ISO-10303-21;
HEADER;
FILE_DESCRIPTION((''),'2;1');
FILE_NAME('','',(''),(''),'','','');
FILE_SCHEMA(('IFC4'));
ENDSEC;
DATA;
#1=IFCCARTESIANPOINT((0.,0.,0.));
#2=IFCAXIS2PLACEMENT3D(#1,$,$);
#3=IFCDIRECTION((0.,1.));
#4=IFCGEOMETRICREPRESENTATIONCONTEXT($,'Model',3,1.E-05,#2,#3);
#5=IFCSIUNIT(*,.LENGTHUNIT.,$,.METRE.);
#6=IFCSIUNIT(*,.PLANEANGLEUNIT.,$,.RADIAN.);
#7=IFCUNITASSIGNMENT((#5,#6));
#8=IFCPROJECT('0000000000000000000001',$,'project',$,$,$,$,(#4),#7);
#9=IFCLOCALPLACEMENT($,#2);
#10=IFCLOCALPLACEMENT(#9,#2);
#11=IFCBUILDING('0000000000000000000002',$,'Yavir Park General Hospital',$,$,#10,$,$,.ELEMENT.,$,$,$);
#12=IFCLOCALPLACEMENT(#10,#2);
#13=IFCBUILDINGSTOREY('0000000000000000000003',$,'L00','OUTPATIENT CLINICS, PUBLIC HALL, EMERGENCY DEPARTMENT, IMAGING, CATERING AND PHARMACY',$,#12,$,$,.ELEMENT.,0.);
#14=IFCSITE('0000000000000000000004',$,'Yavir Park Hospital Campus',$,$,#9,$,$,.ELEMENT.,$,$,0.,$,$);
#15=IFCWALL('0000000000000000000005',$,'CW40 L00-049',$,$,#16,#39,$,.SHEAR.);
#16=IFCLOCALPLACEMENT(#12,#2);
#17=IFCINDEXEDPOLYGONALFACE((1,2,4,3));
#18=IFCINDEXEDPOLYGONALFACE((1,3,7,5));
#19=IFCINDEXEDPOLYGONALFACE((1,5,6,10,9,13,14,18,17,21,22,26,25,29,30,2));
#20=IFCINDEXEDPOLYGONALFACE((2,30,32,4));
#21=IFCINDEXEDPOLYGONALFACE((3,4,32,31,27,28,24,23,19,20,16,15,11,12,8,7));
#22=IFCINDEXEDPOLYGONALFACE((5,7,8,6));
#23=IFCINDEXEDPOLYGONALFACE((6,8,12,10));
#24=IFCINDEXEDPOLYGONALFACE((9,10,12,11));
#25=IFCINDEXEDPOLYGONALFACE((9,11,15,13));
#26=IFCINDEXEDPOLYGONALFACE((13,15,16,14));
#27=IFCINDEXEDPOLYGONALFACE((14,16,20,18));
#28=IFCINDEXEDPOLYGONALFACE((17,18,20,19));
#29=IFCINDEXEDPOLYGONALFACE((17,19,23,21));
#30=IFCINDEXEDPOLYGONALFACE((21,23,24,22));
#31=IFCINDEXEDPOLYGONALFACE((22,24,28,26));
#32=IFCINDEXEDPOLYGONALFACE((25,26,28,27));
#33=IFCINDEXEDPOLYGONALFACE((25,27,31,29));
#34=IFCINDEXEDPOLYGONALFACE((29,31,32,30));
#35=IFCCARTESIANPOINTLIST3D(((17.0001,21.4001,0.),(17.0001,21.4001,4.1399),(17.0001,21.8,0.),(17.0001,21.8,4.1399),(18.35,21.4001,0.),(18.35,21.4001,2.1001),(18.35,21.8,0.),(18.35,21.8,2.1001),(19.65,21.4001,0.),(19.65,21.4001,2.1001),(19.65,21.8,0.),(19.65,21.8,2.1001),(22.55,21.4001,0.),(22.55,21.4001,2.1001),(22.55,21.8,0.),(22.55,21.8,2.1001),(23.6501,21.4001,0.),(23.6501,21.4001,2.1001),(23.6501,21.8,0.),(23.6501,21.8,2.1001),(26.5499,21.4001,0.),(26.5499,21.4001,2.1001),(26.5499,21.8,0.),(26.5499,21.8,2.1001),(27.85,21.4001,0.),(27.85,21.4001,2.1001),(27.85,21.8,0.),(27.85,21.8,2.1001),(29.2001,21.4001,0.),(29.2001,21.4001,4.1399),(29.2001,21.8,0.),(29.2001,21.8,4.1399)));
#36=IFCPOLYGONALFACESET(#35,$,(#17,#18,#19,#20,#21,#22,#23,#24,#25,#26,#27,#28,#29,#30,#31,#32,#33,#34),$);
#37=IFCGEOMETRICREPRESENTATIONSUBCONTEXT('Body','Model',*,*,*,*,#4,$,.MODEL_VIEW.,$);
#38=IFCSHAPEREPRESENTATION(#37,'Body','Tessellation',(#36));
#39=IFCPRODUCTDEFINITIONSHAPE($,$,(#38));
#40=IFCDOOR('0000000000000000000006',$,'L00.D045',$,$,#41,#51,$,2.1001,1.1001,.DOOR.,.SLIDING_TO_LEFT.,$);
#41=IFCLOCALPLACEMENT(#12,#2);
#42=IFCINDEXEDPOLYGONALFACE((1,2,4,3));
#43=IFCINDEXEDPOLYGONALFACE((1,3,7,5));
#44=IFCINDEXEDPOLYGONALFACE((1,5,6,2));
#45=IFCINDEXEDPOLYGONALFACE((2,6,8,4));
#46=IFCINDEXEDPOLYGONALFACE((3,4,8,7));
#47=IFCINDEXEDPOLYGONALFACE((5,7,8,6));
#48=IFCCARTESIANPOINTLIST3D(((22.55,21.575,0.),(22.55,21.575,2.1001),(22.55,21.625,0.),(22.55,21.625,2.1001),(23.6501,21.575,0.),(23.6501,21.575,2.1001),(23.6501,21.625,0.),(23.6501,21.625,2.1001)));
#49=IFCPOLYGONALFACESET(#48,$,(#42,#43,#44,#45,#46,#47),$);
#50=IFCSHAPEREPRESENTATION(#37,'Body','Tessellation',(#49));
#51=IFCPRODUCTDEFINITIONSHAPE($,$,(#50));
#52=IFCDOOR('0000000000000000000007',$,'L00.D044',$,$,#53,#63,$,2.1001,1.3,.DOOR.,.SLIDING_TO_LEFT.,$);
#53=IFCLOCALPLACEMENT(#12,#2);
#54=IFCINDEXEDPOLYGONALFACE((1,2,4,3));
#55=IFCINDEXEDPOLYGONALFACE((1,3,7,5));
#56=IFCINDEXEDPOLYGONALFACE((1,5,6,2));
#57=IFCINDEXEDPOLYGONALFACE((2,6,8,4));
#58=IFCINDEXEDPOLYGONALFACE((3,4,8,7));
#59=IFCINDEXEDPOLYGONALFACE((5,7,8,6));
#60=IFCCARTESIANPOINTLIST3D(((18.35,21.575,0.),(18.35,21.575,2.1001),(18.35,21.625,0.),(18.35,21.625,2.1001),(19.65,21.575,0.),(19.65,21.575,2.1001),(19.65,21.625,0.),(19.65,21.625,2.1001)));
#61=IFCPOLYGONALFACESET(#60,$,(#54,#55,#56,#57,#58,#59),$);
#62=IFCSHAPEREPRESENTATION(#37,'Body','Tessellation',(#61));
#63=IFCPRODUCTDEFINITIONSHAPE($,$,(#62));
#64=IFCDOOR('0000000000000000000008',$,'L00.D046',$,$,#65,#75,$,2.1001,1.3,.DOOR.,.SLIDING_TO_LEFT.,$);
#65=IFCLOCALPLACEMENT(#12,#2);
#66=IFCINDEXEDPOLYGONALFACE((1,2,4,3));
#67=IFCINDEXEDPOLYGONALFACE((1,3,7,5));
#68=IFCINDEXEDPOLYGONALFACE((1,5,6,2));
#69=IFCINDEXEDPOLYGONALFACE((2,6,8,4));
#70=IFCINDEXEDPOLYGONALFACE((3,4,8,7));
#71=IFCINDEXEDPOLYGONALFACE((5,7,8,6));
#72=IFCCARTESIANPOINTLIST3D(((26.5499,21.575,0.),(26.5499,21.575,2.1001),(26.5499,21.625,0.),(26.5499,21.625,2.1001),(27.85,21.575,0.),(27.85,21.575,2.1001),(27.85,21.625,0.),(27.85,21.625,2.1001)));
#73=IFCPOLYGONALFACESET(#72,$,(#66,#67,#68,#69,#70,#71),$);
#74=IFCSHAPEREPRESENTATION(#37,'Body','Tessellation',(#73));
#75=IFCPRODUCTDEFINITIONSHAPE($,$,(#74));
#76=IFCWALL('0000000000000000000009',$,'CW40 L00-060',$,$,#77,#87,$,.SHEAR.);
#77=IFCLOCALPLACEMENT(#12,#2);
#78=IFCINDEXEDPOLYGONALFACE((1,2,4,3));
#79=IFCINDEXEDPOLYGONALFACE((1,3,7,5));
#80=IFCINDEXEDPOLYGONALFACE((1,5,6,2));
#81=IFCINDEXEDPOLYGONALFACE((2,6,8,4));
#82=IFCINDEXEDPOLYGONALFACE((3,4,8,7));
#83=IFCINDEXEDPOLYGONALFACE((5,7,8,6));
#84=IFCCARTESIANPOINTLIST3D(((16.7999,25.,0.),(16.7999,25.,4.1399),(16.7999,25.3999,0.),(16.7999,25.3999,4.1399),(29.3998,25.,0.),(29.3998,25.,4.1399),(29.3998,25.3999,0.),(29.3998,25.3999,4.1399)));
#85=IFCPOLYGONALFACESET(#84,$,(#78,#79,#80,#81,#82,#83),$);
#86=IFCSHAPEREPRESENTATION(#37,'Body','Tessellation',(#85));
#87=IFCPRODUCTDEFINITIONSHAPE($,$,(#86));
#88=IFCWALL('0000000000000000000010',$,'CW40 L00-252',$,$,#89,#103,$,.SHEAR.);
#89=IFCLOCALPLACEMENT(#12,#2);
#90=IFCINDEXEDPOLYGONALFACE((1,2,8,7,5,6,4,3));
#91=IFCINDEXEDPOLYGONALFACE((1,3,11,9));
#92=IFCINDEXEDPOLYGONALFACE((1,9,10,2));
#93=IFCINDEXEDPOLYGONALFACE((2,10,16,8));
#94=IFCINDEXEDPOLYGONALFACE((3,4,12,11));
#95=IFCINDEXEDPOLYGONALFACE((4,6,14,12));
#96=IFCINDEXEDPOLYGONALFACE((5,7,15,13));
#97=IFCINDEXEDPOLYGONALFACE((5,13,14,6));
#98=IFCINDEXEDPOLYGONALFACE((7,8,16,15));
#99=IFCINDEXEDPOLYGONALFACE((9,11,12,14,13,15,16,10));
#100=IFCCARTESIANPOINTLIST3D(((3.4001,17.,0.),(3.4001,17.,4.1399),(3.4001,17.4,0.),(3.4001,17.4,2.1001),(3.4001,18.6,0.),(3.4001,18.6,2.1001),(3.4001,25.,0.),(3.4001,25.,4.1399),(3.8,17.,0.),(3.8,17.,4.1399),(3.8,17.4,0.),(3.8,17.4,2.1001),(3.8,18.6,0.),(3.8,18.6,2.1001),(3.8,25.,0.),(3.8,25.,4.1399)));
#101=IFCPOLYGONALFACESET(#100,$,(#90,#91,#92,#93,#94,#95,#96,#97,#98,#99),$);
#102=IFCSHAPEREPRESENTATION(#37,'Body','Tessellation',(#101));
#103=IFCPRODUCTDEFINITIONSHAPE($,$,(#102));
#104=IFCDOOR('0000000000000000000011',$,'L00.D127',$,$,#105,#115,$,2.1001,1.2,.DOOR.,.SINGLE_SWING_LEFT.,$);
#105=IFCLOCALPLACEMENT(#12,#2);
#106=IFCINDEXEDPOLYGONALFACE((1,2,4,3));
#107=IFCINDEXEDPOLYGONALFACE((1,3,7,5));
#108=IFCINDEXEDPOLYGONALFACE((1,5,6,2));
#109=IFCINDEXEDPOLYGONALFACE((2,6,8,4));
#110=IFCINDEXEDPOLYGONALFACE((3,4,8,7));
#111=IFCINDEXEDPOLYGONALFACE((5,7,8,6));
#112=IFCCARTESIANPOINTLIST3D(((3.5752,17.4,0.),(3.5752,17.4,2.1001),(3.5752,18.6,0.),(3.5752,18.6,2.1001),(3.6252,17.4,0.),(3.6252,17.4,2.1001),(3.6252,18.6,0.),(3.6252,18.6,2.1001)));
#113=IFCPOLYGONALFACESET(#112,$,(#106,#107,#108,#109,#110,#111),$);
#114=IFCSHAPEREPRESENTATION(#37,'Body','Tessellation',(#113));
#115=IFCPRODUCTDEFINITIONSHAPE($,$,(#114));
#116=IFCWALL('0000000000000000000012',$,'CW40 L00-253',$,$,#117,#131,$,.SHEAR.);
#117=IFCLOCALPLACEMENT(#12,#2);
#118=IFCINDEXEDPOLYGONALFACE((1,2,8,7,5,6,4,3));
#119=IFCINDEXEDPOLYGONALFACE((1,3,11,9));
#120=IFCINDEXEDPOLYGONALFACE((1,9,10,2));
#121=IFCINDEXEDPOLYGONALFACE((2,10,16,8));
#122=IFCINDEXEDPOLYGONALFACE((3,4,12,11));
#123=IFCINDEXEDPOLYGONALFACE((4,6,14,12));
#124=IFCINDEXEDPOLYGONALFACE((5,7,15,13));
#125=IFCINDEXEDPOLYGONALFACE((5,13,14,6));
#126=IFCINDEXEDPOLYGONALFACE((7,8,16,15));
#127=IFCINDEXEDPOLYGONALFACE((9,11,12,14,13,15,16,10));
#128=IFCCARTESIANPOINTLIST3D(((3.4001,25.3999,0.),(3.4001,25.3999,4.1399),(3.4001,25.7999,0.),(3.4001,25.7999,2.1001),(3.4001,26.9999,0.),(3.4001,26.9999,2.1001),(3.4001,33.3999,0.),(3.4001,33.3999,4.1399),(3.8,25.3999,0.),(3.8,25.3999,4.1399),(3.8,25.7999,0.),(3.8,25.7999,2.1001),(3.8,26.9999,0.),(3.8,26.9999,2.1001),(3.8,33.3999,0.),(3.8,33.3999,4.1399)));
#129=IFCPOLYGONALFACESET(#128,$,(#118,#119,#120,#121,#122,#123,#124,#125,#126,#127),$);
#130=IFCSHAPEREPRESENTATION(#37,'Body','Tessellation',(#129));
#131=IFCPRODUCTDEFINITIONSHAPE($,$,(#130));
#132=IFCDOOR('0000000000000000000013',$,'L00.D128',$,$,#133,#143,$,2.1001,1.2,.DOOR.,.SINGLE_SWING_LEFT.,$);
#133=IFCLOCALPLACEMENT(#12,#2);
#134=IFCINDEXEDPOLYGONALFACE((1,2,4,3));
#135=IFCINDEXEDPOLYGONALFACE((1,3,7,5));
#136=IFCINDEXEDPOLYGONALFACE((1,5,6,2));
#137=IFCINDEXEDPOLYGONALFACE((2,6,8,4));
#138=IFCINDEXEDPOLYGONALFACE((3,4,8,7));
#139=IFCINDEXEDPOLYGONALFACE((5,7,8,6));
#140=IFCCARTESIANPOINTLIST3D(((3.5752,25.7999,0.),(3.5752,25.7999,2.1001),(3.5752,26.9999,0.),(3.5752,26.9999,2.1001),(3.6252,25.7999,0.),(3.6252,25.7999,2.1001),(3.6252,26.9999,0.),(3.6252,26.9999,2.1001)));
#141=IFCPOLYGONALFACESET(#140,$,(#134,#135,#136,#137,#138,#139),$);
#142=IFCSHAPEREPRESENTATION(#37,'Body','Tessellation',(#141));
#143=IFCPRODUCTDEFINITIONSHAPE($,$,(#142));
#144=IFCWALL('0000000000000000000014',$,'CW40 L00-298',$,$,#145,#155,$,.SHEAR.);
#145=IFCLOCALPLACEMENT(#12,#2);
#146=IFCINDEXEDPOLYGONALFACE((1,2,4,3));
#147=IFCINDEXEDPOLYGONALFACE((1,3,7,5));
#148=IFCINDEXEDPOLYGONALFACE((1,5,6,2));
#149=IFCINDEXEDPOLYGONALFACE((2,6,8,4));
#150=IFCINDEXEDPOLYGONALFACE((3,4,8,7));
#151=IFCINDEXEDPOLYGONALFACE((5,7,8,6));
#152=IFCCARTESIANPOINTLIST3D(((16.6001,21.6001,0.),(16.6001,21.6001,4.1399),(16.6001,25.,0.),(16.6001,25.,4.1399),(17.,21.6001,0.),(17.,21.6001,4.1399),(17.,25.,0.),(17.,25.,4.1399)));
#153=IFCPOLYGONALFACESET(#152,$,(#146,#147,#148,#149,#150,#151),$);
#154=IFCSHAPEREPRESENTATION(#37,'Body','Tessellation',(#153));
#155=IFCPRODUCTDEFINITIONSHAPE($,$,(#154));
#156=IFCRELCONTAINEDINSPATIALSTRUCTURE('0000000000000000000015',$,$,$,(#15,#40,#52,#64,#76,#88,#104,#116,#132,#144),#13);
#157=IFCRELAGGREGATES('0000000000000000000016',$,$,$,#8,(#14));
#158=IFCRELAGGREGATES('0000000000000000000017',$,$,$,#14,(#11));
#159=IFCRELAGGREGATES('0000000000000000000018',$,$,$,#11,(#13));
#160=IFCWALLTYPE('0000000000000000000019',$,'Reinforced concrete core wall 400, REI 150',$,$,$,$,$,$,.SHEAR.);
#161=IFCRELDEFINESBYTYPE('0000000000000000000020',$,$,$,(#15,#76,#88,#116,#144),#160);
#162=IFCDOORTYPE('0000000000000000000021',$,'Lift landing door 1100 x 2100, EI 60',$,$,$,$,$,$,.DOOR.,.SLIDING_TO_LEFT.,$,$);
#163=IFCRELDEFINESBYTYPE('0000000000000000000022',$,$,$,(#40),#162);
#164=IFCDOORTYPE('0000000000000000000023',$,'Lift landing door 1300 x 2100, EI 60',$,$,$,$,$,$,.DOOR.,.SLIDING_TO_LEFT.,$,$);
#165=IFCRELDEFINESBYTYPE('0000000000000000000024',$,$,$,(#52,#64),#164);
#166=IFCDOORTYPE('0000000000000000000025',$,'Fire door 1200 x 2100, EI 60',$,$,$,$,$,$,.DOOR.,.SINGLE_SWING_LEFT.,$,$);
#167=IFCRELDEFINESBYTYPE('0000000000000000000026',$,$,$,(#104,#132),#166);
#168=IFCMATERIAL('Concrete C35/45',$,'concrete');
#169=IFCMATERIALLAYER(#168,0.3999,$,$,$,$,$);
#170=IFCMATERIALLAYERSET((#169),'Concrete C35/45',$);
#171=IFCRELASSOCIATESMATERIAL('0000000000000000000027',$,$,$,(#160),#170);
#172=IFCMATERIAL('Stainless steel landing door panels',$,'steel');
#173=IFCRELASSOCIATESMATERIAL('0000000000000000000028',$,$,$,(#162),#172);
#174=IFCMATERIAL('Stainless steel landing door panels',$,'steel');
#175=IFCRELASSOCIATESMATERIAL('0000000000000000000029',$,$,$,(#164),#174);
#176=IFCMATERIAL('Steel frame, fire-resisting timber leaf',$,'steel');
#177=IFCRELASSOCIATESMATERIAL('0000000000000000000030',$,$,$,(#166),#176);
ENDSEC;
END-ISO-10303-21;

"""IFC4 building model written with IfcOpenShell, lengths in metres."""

from ifc_helpers import new_model, si_unit, direction, frame, frame_2d, origin, place, context, subcontext, project, spatial, rectangle, extrude, material, layer, layer_set, type_object, element, fill, save


model = new_model("IFC4")

# Units and contexts
model_context = context("Model", 3, precision=1e-05, world=origin(), true_north=direction((0.0, 1.0)))
body_context = subcontext(model_context, "Body", "Model", "MODEL_VIEW")
ifc_project = project(units=[si_unit("LENGTHUNIT", "METRE"), si_unit("PLANEANGLEUNIT", "RADIAN")], contexts=[model_context])

# Site, building, storey
site_placement = place(None, origin())
site = spatial("IfcSite", under=ifc_project, at=site_placement, Name="Yavir Park Hospital Campus", CompositionType="ELEMENT", RefElevation=0.0)
building_placement = place(site_placement, origin())
building = spatial("IfcBuilding", under=site, at=building_placement, Name="Yavir Park General Hospital", CompositionType="ELEMENT")
storey_placement = place(building_placement, origin())
storey = spatial("IfcBuildingStorey", under=building, at=storey_placement, Name="L00", Description="OUTPATIENT CLINICS, PUBLIC HALL, EMERGENCY DEPARTMENT, IMAGING, CATERING AND PHARMACY", CompositionType="ELEMENT", Elevation=0.0)

# Wall, openings, doors
ifc_material_1 = material(Name="Concrete C35/45", Category="concrete")
ifc_layer_1 = layer(ifc_material_1, 0.3999)
ifc_layer_set_1 = layer_set([ifc_layer_1], Name="Concrete C35/45")
wall_type_1 = type_object("IfcWallType", Name="Reinforced concrete core wall 400, REI 150", PredefinedType="SHEAR", material=ifc_layer_set_1)
wall_1_placement = place(storey_placement, frame((17.0, 21.6001, 0.0), z_axis=(0.0, 0.0, 1.0), x_axis=(1.0, 0.0, 0.0)))
wall_1 = element("IfcWall", 1, at=wall_1_placement, inside=storey, type_object=wall_type_1, Name="CW40 L00-049", PredefinedType="SHEAR", context=body_context, shape_type="SweptSolid", body=[
    extrude(rectangle(XDim=12.2, YDim=0.3999, at=frame_2d((6.1001, 0.0))), origin(), (0.0, 0.0, 1.0), 4.1399),
])
opening_1_placement = place(wall_1_placement, frame((1.3501, 0.0, 0.0)))
opening_1 = element("IfcOpeningElement", 2, at=opening_1_placement, cuts=wall_1, PredefinedType="OPENING", context=body_context, shape_type="SweptSolid", body=[
    extrude(rectangle(XDim=1.3, YDim=2.1001, at=frame_2d((0.6499, 1.05))), frame((0.0, 0.21, 0.0), z_axis=(0.0, -1.0, 0.0), x_axis=(1.0, 0.0, 0.0)), (0.0, 0.0, 1.0), 0.4199),
])
opening_2_placement = place(wall_1_placement, frame((5.55, 0.0, 0.0)))
opening_2 = element("IfcOpeningElement", 3, at=opening_2_placement, cuts=wall_1, PredefinedType="OPENING", context=body_context, shape_type="SweptSolid", body=[
    extrude(rectangle(XDim=1.1001, YDim=2.1001, at=frame_2d((0.55, 1.05))), frame((0.0, 0.21, 0.0), z_axis=(0.0, -1.0, 0.0), x_axis=(1.0, 0.0, 0.0)), (0.0, 0.0, 1.0), 0.4199),
])
opening_3_placement = place(wall_1_placement, frame((9.55, 0.0, 0.0)))
opening_3 = element("IfcOpeningElement", 4, at=opening_3_placement, cuts=wall_1, PredefinedType="OPENING", context=body_context, shape_type="SweptSolid", body=[
    extrude(rectangle(XDim=1.3, YDim=2.1001, at=frame_2d((0.6499, 1.05))), frame((0.0, 0.21, 0.0), z_axis=(0.0, -1.0, 0.0), x_axis=(1.0, 0.0, 0.0)), (0.0, 0.0, 1.0), 0.4199),
])
ifc_material_2 = material(Name="Stainless steel landing door panels", Category="steel")
door_type_1 = type_object("IfcDoorType", Name="Lift landing door 1100 x 2100, EI 60", OperationType="SLIDING_TO_LEFT", PredefinedType="DOOR", material=ifc_material_2)
door_1_placement = place(opening_2_placement, origin())
door_1 = element("IfcDoor", 5, at=door_1_placement, inside=storey, type_object=door_type_1, Name="L00.D045", OperationType="SLIDING_TO_LEFT", OverallHeight=2.1001, OverallWidth=1.1001, PredefinedType="DOOR", context=body_context, shape_type="SweptSolid", body=[
    extrude(rectangle(XDim=1.1001, YDim=2.1001, at=frame_2d((0.55, 1.05))), frame((0.0, 0.0249, 0.0), z_axis=(0.0, -1.0, 0.0), x_axis=(1.0, 0.0, 0.0)), (0.0, 0.0, 1.0), 0.05),
])
fill(opening_2, door_1)
ifc_material_3 = material(Name="Stainless steel landing door panels", Category="steel")
door_type_2 = type_object("IfcDoorType", Name="Lift landing door 1300 x 2100, EI 60", OperationType="SLIDING_TO_LEFT", PredefinedType="DOOR", material=ifc_material_3)
door_2_placement = place(opening_1_placement, origin())
door_2 = element("IfcDoor", 6, at=door_2_placement, inside=storey, type_object=door_type_2, Name="L00.D044", OperationType="SLIDING_TO_LEFT", OverallHeight=2.1001, OverallWidth=1.3, PredefinedType="DOOR", context=body_context, shape_type="SweptSolid", body=[
    extrude(rectangle(XDim=1.3, YDim=2.1001, at=frame_2d((0.6499, 1.05))), frame((0.0, 0.0249, 0.0), z_axis=(0.0, -1.0, 0.0), x_axis=(1.0, 0.0, 0.0)), (0.0, 0.0, 1.0), 0.05),
])
fill(opening_1, door_2)
door_3_placement = place(opening_3_placement, origin())
door_3 = element("IfcDoor", 7, at=door_3_placement, inside=storey, type_object=door_type_2, Name="L00.D046", OperationType="SLIDING_TO_LEFT", OverallHeight=2.1001, OverallWidth=1.3, PredefinedType="DOOR", context=body_context, shape_type="SweptSolid", body=[
    extrude(rectangle(XDim=1.3, YDim=2.1001, at=frame_2d((0.6499, 1.05))), frame((0.0, 0.0249, 0.0), z_axis=(0.0, -1.0, 0.0), x_axis=(1.0, 0.0, 0.0)), (0.0, 0.0, 1.0), 0.05),
])
fill(opening_3, door_3)

# Wall
wall_2_placement = place(storey_placement, frame((16.8, 25.2, 0.0), z_axis=(0.0, 0.0, 1.0), x_axis=(1.0, 0.0, 0.0)))
element("IfcWall", 8, at=wall_2_placement, inside=storey, type_object=wall_type_1, Name="CW40 L00-060", PredefinedType="SHEAR", context=body_context, shape_type="SweptSolid", body=[
    extrude(rectangle(XDim=12.5999, YDim=0.3999, at=frame_2d((6.2998, 0.0))), origin(), (0.0, 0.0, 1.0), 4.1399),
])

# Walls, openings, doors
wall_3_placement = place(storey_placement, frame((3.6001, 17.0, 0.0), z_axis=(0.0, 0.0, 1.0), x_axis=(0.0, 1.0, 0.0)))
wall_3 = element("IfcWall", 9, at=wall_3_placement, inside=storey, type_object=wall_type_1, Name="CW40 L00-252", PredefinedType="SHEAR", context=body_context, shape_type="SweptSolid", body=[
    extrude(rectangle(XDim=8.0, YDim=0.3999, at=frame_2d((4.0, 0.0))), origin(), (0.0, 0.0, 1.0), 4.1399),
])
opening_4_placement = place(wall_3_placement, frame((0.3999, 0.0, 0.0)))
opening_4 = element("IfcOpeningElement", 10, at=opening_4_placement, cuts=wall_3, PredefinedType="OPENING", context=body_context, shape_type="SweptSolid", body=[
    extrude(rectangle(XDim=1.2, YDim=2.1001, at=frame_2d((0.6001, 1.05))), frame((0.0, 0.21, 0.0), z_axis=(0.0, -1.0, 0.0), x_axis=(1.0, 0.0, 0.0)), (0.0, 0.0, 1.0), 0.4199),
])
ifc_material_4 = material(Name="Steel frame, fire-resisting timber leaf", Category="steel")
door_type_3 = type_object("IfcDoorType", Name="Fire door 1200 x 2100, EI 60", OperationType="SINGLE_SWING_LEFT", PredefinedType="DOOR", material=ifc_material_4)
door_4_placement = place(opening_4_placement, origin())
door_4 = element("IfcDoor", 11, at=door_4_placement, inside=storey, type_object=door_type_3, Name="L00.D127", OperationType="SINGLE_SWING_LEFT", OverallHeight=2.1001, OverallWidth=1.2, PredefinedType="DOOR", context=body_context, shape_type="SweptSolid", body=[
    extrude(rectangle(XDim=1.2, YDim=2.1001, at=frame_2d((0.6001, 1.05))), frame((0.0, 0.0249, 0.0), z_axis=(0.0, -1.0, 0.0), x_axis=(1.0, 0.0, 0.0)), (0.0, 0.0, 1.0), 0.05),
])
fill(opening_4, door_4)
wall_4_placement = place(storey_placement, frame((3.6001, 25.3999, 0.0), z_axis=(0.0, 0.0, 1.0), x_axis=(0.0, 1.0, 0.0)))
wall_4 = element("IfcWall", 12, at=wall_4_placement, inside=storey, type_object=wall_type_1, Name="CW40 L00-253", PredefinedType="SHEAR", context=body_context, shape_type="SweptSolid", body=[
    extrude(rectangle(XDim=8.0, YDim=0.3999, at=frame_2d((4.0, 0.0))), origin(), (0.0, 0.0, 1.0), 4.1399),
])
opening_5_placement = place(wall_4_placement, frame((0.3999, 0.0, 0.0)))
opening_5 = element("IfcOpeningElement", 13, at=opening_5_placement, cuts=wall_4, PredefinedType="OPENING", context=body_context, shape_type="SweptSolid", body=[
    extrude(rectangle(XDim=1.2, YDim=2.1001, at=frame_2d((0.6001, 1.05))), frame((0.0, 0.21, 0.0), z_axis=(0.0, -1.0, 0.0), x_axis=(1.0, 0.0, 0.0)), (0.0, 0.0, 1.0), 0.4199),
])
door_5_placement = place(opening_5_placement, origin())
door_5 = element("IfcDoor", 14, at=door_5_placement, inside=storey, type_object=door_type_3, Name="L00.D128", OperationType="SINGLE_SWING_LEFT", OverallHeight=2.1001, OverallWidth=1.2, PredefinedType="DOOR", context=body_context, shape_type="SweptSolid", body=[
    extrude(rectangle(XDim=1.2, YDim=2.1001, at=frame_2d((0.6001, 1.05))), frame((0.0, 0.0249, 0.0), z_axis=(0.0, -1.0, 0.0), x_axis=(1.0, 0.0, 0.0)), (0.0, 0.0, 1.0), 0.05),
])
fill(opening_5, door_5)

# Wall
wall_5_placement = place(storey_placement, frame((16.8, 21.6001, 0.0), z_axis=(0.0, 0.0, 1.0), x_axis=(0.0, 1.0, 0.0)))
element("IfcWall", 15, at=wall_5_placement, inside=storey, type_object=wall_type_1, Name="CW40 L00-298", PredefinedType="SHEAR", context=body_context, shape_type="SweptSolid", body=[
    extrude(rectangle(XDim=3.3999, YDim=0.3999, at=frame_2d((1.7, 0.0))), origin(), (0.0, 0.0, 1.0), 4.1399),
])

save(model, "model.ifc")
